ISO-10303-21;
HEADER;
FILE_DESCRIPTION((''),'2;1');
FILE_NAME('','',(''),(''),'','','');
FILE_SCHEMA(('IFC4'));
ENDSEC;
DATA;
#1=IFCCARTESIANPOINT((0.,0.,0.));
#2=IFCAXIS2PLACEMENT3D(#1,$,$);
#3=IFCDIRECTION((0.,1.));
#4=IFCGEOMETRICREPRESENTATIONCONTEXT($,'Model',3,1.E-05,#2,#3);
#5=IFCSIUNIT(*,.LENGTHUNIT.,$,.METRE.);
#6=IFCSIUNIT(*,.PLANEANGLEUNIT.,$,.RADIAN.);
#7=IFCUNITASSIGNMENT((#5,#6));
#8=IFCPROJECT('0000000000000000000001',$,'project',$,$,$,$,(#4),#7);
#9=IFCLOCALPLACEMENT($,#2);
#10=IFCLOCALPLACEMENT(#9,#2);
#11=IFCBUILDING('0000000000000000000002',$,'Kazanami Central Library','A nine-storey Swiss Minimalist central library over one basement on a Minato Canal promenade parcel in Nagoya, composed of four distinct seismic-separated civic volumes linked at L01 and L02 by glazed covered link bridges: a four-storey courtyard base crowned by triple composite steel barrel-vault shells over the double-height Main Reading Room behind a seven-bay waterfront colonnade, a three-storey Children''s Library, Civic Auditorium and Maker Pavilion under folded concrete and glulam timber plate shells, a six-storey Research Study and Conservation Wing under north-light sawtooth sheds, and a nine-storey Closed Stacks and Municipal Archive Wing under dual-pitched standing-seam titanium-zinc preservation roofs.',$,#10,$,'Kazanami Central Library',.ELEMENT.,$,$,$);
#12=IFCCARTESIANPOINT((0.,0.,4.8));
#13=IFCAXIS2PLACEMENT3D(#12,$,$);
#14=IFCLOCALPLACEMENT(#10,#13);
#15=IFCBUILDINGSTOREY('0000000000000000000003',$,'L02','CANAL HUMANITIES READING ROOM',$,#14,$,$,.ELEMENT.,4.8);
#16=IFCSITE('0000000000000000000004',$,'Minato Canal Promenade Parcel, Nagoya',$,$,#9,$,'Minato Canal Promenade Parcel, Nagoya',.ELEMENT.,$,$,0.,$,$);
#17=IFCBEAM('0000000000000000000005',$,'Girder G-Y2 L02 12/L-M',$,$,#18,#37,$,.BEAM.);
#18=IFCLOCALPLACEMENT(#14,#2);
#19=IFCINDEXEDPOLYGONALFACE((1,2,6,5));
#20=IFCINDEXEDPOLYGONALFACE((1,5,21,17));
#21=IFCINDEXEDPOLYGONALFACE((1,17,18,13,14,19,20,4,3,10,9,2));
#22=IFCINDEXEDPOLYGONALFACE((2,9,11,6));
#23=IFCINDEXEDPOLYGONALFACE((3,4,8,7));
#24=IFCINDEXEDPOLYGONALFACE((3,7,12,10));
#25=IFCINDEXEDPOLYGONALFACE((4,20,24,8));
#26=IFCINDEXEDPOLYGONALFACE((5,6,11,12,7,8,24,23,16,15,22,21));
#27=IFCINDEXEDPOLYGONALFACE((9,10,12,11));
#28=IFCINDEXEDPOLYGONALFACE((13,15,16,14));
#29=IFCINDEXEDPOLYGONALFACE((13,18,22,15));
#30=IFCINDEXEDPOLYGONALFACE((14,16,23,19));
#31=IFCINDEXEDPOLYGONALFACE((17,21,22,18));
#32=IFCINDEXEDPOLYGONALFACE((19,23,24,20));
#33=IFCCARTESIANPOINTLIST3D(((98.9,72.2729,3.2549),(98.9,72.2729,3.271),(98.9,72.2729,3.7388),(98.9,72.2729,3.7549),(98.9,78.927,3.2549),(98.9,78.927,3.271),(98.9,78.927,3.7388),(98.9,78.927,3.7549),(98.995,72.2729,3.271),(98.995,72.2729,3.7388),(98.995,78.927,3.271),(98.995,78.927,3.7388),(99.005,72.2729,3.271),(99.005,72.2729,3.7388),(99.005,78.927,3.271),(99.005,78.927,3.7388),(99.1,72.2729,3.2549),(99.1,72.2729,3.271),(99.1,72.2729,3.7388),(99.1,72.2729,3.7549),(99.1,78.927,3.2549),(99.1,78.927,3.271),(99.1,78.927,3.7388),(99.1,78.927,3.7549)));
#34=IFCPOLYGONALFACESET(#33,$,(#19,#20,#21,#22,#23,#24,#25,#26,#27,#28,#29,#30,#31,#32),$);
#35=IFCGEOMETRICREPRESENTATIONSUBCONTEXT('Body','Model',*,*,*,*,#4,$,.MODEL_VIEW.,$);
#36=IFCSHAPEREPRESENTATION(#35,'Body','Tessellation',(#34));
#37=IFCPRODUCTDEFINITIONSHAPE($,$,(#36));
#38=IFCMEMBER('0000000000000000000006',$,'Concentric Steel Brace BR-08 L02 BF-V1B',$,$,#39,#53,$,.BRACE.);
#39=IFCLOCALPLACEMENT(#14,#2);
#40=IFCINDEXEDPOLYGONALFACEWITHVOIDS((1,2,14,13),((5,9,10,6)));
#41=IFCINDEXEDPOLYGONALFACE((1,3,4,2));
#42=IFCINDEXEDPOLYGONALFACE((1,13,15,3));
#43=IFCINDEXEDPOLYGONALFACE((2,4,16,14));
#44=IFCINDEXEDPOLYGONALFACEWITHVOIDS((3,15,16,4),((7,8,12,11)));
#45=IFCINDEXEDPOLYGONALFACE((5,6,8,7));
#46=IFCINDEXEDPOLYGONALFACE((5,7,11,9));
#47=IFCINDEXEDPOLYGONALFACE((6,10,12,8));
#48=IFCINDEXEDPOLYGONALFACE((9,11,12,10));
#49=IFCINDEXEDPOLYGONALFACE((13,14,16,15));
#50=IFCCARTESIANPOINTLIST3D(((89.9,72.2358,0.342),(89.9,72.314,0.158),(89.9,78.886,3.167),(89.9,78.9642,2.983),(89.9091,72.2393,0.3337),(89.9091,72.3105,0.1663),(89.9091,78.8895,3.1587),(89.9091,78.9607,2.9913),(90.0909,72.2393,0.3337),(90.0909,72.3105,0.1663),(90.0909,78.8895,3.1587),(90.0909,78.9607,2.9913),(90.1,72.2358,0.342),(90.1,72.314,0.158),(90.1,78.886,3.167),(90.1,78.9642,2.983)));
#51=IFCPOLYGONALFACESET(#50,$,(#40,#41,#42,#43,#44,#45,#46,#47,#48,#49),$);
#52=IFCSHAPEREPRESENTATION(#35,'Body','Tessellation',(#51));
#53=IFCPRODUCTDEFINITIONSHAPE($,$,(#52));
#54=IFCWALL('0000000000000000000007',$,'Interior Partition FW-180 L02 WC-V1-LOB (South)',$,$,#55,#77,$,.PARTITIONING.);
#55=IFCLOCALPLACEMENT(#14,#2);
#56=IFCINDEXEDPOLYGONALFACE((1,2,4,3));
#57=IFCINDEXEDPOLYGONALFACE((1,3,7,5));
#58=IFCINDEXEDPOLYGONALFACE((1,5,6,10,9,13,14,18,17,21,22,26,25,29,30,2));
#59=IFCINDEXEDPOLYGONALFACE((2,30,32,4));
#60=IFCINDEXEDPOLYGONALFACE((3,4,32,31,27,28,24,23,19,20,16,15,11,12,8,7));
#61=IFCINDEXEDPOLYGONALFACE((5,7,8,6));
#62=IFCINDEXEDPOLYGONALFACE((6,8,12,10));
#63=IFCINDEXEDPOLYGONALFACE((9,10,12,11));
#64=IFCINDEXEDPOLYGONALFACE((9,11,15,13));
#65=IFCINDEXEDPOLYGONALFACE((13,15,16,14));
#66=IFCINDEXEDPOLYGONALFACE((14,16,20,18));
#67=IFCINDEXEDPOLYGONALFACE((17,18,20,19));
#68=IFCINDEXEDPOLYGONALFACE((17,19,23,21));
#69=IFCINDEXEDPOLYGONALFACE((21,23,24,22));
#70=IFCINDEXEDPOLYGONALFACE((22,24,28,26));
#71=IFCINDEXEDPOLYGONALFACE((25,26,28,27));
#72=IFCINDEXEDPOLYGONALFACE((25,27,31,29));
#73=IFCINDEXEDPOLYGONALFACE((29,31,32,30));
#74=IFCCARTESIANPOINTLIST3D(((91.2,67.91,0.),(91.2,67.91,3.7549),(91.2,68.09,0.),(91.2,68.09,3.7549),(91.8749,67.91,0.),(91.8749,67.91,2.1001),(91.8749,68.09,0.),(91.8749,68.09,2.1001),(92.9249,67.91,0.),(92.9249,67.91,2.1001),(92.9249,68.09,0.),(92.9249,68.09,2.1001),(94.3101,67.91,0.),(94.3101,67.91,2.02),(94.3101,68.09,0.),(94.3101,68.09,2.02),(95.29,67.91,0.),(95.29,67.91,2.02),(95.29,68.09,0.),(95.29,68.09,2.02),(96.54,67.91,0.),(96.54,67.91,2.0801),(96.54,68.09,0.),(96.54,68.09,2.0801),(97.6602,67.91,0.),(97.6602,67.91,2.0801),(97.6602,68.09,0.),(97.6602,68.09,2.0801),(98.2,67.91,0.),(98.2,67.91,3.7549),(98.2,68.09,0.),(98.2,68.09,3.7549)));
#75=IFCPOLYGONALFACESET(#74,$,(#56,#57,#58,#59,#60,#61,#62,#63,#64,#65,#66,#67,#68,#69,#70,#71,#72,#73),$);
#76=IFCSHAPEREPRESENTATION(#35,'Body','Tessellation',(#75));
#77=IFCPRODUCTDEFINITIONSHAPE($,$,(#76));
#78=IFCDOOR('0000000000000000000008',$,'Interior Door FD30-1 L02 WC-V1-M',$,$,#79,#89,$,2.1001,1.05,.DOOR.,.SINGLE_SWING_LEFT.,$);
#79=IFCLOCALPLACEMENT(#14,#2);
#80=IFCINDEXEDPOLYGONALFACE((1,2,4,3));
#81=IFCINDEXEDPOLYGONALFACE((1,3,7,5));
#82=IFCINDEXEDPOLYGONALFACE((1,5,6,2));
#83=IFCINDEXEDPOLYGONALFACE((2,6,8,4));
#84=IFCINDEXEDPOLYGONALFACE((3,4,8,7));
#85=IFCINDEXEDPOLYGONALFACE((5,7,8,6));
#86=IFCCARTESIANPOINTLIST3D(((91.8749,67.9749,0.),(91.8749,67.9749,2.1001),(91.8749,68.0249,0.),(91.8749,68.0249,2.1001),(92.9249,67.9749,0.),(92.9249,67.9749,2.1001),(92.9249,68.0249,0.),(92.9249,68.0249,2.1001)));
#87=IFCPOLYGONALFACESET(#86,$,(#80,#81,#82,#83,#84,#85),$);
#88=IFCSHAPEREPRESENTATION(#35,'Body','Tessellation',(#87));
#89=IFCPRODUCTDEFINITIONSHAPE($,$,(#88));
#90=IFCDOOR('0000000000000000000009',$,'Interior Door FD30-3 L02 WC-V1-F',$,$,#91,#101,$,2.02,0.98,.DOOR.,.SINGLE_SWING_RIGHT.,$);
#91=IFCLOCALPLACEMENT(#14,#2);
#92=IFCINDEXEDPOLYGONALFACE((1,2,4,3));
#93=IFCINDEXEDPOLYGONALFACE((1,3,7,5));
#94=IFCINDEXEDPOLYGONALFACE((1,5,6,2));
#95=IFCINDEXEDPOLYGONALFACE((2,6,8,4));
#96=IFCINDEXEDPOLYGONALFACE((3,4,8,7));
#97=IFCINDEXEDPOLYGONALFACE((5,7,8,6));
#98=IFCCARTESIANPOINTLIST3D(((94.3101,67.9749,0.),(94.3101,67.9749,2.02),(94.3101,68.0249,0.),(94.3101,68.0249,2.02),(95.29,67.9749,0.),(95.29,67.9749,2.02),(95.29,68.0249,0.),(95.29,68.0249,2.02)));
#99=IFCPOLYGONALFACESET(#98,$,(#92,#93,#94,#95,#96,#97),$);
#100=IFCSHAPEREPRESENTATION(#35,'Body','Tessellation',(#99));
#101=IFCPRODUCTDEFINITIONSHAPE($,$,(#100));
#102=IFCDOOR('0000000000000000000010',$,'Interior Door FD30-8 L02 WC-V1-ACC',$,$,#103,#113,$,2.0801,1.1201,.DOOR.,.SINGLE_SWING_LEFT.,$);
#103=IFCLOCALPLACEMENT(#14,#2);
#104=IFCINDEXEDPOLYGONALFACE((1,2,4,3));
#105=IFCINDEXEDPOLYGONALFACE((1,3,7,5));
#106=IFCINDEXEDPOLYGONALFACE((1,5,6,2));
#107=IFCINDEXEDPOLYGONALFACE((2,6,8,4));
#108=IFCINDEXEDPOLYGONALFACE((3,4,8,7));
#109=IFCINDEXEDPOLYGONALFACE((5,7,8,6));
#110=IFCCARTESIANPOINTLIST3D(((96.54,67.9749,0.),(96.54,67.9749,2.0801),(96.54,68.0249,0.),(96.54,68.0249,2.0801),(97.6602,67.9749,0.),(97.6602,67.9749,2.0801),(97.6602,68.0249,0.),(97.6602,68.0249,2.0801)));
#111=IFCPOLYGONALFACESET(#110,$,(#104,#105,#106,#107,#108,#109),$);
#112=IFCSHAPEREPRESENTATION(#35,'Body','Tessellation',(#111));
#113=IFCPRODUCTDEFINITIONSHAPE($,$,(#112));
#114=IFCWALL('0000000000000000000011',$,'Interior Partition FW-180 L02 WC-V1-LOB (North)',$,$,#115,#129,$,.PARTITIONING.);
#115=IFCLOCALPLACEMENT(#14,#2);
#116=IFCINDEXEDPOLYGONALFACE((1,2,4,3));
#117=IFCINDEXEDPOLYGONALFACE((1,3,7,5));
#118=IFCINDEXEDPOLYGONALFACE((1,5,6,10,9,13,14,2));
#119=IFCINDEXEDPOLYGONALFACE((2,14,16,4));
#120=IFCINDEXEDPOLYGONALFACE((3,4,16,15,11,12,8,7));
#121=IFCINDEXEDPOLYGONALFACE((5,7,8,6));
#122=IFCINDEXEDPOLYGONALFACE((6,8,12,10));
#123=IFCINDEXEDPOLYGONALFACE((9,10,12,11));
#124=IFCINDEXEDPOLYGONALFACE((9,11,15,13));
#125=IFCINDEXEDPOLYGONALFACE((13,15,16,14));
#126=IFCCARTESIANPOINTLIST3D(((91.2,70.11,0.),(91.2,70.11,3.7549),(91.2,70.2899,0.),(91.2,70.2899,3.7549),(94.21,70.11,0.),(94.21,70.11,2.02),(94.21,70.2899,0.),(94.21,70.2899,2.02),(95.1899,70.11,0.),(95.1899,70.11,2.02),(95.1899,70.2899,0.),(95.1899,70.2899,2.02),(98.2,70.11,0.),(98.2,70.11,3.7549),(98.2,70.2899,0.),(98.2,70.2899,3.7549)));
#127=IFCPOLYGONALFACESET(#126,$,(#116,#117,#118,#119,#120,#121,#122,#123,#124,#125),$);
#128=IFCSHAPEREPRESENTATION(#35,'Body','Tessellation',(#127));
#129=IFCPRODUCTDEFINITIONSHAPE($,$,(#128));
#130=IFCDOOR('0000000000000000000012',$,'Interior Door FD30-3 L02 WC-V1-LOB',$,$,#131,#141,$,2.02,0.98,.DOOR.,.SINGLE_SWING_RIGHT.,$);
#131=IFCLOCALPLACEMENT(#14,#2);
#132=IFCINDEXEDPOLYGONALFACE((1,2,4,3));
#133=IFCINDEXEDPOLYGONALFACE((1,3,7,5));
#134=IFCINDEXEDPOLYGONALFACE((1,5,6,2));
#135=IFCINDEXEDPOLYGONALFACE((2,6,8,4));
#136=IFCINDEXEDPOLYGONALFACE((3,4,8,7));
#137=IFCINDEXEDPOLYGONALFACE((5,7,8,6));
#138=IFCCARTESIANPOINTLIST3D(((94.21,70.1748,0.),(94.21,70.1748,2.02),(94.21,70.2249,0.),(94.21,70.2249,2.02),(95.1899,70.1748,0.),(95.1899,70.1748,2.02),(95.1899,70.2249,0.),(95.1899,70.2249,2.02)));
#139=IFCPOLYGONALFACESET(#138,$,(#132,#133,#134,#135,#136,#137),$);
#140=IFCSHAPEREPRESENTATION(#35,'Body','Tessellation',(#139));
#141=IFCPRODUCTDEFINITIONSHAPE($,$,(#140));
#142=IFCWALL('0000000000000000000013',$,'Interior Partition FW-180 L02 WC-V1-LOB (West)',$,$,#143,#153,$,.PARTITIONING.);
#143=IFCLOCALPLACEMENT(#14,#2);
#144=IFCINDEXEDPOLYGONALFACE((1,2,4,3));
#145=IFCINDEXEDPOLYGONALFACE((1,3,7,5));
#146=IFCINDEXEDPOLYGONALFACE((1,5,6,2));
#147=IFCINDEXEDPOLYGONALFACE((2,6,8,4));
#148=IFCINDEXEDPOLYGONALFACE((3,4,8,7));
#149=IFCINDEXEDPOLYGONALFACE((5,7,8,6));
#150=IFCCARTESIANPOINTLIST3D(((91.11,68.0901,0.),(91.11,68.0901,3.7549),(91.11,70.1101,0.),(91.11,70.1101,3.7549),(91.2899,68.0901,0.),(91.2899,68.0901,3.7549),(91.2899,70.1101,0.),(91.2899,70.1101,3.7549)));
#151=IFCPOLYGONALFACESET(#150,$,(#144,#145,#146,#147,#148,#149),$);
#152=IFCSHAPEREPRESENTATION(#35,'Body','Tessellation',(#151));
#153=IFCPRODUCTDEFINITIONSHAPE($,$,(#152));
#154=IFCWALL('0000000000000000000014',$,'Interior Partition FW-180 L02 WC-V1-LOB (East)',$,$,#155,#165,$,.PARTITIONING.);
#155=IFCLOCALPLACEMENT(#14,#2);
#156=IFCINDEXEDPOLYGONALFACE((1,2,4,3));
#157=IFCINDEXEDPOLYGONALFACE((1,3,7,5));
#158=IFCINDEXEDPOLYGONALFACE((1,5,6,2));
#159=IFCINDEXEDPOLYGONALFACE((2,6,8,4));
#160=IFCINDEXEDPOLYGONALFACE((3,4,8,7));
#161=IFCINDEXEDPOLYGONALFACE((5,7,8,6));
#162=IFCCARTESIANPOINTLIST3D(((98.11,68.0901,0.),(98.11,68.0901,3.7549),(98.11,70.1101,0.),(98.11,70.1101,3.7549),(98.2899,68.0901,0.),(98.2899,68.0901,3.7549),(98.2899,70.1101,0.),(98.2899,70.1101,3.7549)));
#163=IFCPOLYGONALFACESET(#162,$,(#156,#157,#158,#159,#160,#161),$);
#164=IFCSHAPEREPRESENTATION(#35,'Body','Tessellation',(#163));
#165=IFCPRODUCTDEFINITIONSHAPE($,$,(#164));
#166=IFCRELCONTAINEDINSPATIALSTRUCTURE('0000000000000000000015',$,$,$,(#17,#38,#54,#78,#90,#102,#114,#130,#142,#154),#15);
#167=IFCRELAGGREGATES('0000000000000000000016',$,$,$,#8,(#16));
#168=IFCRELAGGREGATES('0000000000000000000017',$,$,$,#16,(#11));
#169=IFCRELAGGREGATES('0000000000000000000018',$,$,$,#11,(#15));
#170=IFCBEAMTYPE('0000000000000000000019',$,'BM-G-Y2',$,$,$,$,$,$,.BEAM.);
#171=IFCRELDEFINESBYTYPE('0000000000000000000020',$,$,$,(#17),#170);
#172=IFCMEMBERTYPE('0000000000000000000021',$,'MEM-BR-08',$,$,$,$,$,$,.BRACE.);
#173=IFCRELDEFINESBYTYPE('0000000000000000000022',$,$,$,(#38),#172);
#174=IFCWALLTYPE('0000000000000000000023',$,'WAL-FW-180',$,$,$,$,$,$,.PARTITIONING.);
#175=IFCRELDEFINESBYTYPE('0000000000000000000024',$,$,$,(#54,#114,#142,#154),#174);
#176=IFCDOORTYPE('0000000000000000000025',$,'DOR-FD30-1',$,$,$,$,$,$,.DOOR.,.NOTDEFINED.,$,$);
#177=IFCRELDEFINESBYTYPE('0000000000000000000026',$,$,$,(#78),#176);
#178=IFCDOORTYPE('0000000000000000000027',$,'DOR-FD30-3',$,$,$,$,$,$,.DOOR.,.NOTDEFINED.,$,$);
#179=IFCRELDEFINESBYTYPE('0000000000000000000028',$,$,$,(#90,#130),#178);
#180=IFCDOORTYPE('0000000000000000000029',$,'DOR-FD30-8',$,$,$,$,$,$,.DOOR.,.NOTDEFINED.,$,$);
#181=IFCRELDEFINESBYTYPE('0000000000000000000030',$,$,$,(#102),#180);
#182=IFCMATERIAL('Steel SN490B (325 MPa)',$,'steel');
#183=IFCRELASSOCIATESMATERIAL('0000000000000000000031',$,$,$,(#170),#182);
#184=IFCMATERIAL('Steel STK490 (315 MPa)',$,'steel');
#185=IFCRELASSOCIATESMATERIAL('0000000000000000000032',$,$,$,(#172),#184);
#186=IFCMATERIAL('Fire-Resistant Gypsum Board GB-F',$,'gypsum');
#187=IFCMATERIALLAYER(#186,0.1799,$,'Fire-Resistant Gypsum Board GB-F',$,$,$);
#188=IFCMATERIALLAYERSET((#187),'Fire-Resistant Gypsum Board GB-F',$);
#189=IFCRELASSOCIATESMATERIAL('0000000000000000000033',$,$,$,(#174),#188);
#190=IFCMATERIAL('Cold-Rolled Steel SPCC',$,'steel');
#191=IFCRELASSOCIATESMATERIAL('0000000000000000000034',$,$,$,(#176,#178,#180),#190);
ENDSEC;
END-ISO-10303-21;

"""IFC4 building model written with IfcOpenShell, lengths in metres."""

from ifc_helpers import new_model, si_unit, direction, frame, frame_2d, origin, origin_2d, place, context, subcontext, project, spatial, rectangle, hollow_rectangle, i_section, extrude, material, layer, layer_set, material_profile, profile_set, type_object, element, fill, save


model = new_model("IFC4")

# Units and contexts
model_context = context("Model", 3, precision=1e-05, world=origin(), true_north=direction((0.0, 1.0)))
body_context = subcontext(model_context, "Body", "Model", "MODEL_VIEW")
ifc_project = project(units=[si_unit("LENGTHUNIT", "METRE"), si_unit("PLANEANGLEUNIT", "RADIAN")], contexts=[model_context])

# Site, building, storey
site_placement = place(None, origin())
site = spatial("IfcSite", under=ifc_project, at=site_placement, Name="Minato Canal Promenade Parcel, Nagoya", LongName="Minato Canal Promenade Parcel, Nagoya", CompositionType="ELEMENT", RefElevation=0.0)
building_placement = place(site_placement, origin())
building = spatial("IfcBuilding", under=site, at=building_placement, Name="Kazanami Central Library", Description="A nine-storey Swiss Minimalist central library over one basement on a Minato Canal promenade parcel in Nagoya, composed of four distinct seismic-separated civic volumes linked at L01 and L02 by glazed covered link bridges: a four-storey courtyard base crowned by triple composite steel barrel-vault shells over the double-height Main Reading Room behind a seven-bay waterfront colonnade, a three-storey Children's Library, Civic Auditorium and Maker Pavilion under folded concrete and glulam timber plate shells, a six-storey Research Study and Conservation Wing under north-light sawtooth sheds, and a nine-storey Closed Stacks and Municipal Archive Wing under dual-pitched standing-seam titanium-zinc preservation roofs.", LongName="Kazanami Central Library", CompositionType="ELEMENT")
storey_placement = place(building_placement, frame((0.0, 0.0, 4.8)))
storey = spatial("IfcBuildingStorey", under=building, at=storey_placement, Name="L02", Description="CANAL HUMANITIES READING ROOM", CompositionType="ELEMENT", Elevation=4.8)

# Beam
ifc_material_1 = material(Name="Steel SN490B (325 MPa)", Category="steel")
ifc_material_profile_1 = material_profile(ifc_material_1, i_section(OverallWidth=0.2, OverallDepth=0.5, WebThickness=0.01, FlangeThickness=0.0161, at=origin_2d()), Name="H-500x200x10x16")
ifc_profile_set_1 = profile_set([ifc_material_profile_1], Name="Steel SN490B (325 MPa)")
beam_type_1 = type_object("IfcBeamType", Name="BM-G-Y2", PredefinedType="BEAM", material=ifc_profile_set_1)
for number, where, z_axis, x_axis, name in (
    (1, (99.0, 72.2729, 3.5049), (0.0, 1.0, 0.0), (-1.0, 0.0, 0.0), "Girder G-Y2 L02 12/L-M"),
):
    element("IfcBeam", number, at=place(storey_placement, frame(where, z_axis=z_axis, x_axis=x_axis)), inside=storey, type_object=beam_type_1, Name=name, PredefinedType="BEAM", context=body_context, shape_type="SweptSolid", body=[
        extrude(i_section(OverallWidth=0.2, OverallDepth=0.5, WebThickness=0.01, FlangeThickness=0.0161, at=origin_2d()), origin(), (0.0, 0.0, 1.0), 6.6541),
    ])

# Member
ifc_material_2 = material(Name="Steel STK490 (315 MPa)", Category="steel")
ifc_material_profile_2 = material_profile(ifc_material_2, hollow_rectangle(XDim=0.2, YDim=0.2, WallThickness=0.009, at=origin_2d()), Name="STKR-200x200x9")
ifc_profile_set_2 = profile_set([ifc_material_profile_2], Name="Steel STK490 (315 MPa)")
member_type = type_object("IfcMemberType", Name="MEM-BR-08", PredefinedType="BRACE", material=ifc_profile_set_2)
member_placement = place(storey_placement, frame((90.0, 72.2749, 0.25), z_axis=(0.0, 0.920399, 0.390981), x_axis=(-1.0, 0.0, 0.0)))
element("IfcMember", 2, at=member_placement, inside=storey, type_object=member_type, Name="Concentric Steel Brace BR-08 L02 BF-V1B", PredefinedType="BRACE", context=body_context, shape_type="SweptSolid", body=[
    extrude(hollow_rectangle(XDim=0.2, YDim=0.2, WallThickness=0.009, at=origin_2d()), origin(), (0.0, 0.0, 1.0), 7.2253),
])

# Wall, openings, doors
ifc_material_3 = material(Name="Fire-Resistant Gypsum Board GB-F", Category="gypsum")
ifc_layer_1 = layer(ifc_material_3, 0.1799, Name="Fire-Resistant Gypsum Board GB-F")
ifc_layer_set_1 = layer_set([ifc_layer_1], Name="Fire-Resistant Gypsum Board GB-F")
wall_type_1 = type_object("IfcWallType", Name="WAL-FW-180", PredefinedType="PARTITIONING", material=ifc_layer_set_1)
wall_1_placement = place(storey_placement, frame((91.2, 68.0, 0.0), z_axis=(0.0, 0.0, 1.0), x_axis=(1.0, 0.0, 0.0)))
wall_1 = element("IfcWall", 3, at=wall_1_placement, inside=storey, type_object=wall_type_1, Name="Interior Partition FW-180 L02 WC-V1-LOB (South)", PredefinedType="PARTITIONING", context=body_context, shape_type="SweptSolid", body=[
    extrude(rectangle(XDim=7.0, YDim=0.1799, at=frame_2d((3.5, 0.0))), origin(), (0.0, 0.0, 1.0), 3.7549),
])
opening_1_placement = place(wall_1_placement, frame((0.675, 0.0, 0.0)))
opening_1 = element("IfcOpeningElement", 4, at=opening_1_placement, cuts=wall_1, PredefinedType="OPENING", context=body_context, shape_type="SweptSolid", body=[
    extrude(rectangle(XDim=1.05, YDim=2.1001, at=frame_2d((0.5249, 1.05))), frame((0.0, 0.1021, 0.0), z_axis=(0.0, -1.0, 0.0), x_axis=(1.0, 0.0, 0.0)), (0.0, 0.0, 1.0), 0.2039),
])
opening_2_placement = place(wall_1_placement, frame((3.1101, 0.0, 0.0)))
opening_2 = element("IfcOpeningElement", 5, at=opening_2_placement, cuts=wall_1, PredefinedType="OPENING", context=body_context, shape_type="SweptSolid", body=[
    extrude(rectangle(XDim=0.98, YDim=2.02, at=frame_2d((0.49, 1.01))), frame((0.0, 0.1021, 0.0), z_axis=(0.0, -1.0, 0.0), x_axis=(1.0, 0.0, 0.0)), (0.0, 0.0, 1.0), 0.2039),
])
opening_3_placement = place(wall_1_placement, frame((5.3401, 0.0, 0.0)))
opening_3 = element("IfcOpeningElement", 6, at=opening_3_placement, cuts=wall_1, PredefinedType="OPENING", context=body_context, shape_type="SweptSolid", body=[
    extrude(rectangle(XDim=1.1201, YDim=2.0801, at=frame_2d((0.5601, 1.04))), frame((0.0, 0.1021, 0.0), z_axis=(0.0, -1.0, 0.0), x_axis=(1.0, 0.0, 0.0)), (0.0, 0.0, 1.0), 0.2039),
])
ifc_material_4 = material(Name="Cold-Rolled Steel SPCC", Category="steel")
door_type_1 = type_object("IfcDoorType", Name="DOR-FD30-1", OperationType="NOTDEFINED", PredefinedType="DOOR", material=ifc_material_4)
door_1_placement = place(opening_1_placement, origin())
door_1 = element("IfcDoor", 7, at=door_1_placement, inside=storey, type_object=door_type_1, Name="Interior Door FD30-1 L02 WC-V1-M", OperationType="SINGLE_SWING_LEFT", OverallHeight=2.1001, OverallWidth=1.05, PredefinedType="DOOR", context=body_context, shape_type="SweptSolid", body=[
    extrude(rectangle(XDim=1.05, YDim=2.1001, at=frame_2d((0.5249, 1.05))), frame((0.0, 0.0249, 0.0), z_axis=(0.0, -1.0, 0.0), x_axis=(1.0, 0.0, 0.0)), (0.0, 0.0, 1.0), 0.05),
])
fill(opening_1, door_1)
door_type_2 = type_object("IfcDoorType", Name="DOR-FD30-3", OperationType="NOTDEFINED", PredefinedType="DOOR", material=ifc_material_4)
door_2_placement = place(opening_2_placement, origin())
door_2 = element("IfcDoor", 8, at=door_2_placement, inside=storey, type_object=door_type_2, Name="Interior Door FD30-3 L02 WC-V1-F", OperationType="SINGLE_SWING_RIGHT", OverallHeight=2.02, OverallWidth=0.98, PredefinedType="DOOR", context=body_context, shape_type="SweptSolid", body=[
    extrude(rectangle(XDim=0.98, YDim=2.02, at=frame_2d((0.49, 1.01))), frame((0.0, 0.0249, 0.0), z_axis=(0.0, -1.0, 0.0), x_axis=(1.0, 0.0, 0.0)), (0.0, 0.0, 1.0), 0.05),
])
fill(opening_2, door_2)
door_type_3 = type_object("IfcDoorType", Name="DOR-FD30-8", OperationType="NOTDEFINED", PredefinedType="DOOR", material=ifc_material_4)
door_3_placement = place(opening_3_placement, origin())
door_3 = element("IfcDoor", 9, at=door_3_placement, inside=storey, type_object=door_type_3, Name="Interior Door FD30-8 L02 WC-V1-ACC", OperationType="SINGLE_SWING_LEFT", OverallHeight=2.0801, OverallWidth=1.1201, PredefinedType="DOOR", context=body_context, shape_type="SweptSolid", body=[
    extrude(rectangle(XDim=1.1201, YDim=2.0801, at=frame_2d((0.5601, 1.04))), frame((0.0, 0.0249, 0.0), z_axis=(0.0, -1.0, 0.0), x_axis=(1.0, 0.0, 0.0)), (0.0, 0.0, 1.0), 0.05),
])
fill(opening_3, door_3)

# Wall, opening, door
wall_2_placement = place(storey_placement, frame((91.2, 70.2, 0.0), z_axis=(0.0, 0.0, 1.0), x_axis=(1.0, 0.0, 0.0)))
wall_2 = element("IfcWall", 10, at=wall_2_placement, inside=storey, type_object=wall_type_1, Name="Interior Partition FW-180 L02 WC-V1-LOB (North)", PredefinedType="PARTITIONING", context=body_context, shape_type="SweptSolid", body=[
    extrude(rectangle(XDim=7.0, YDim=0.1799, at=frame_2d((3.5, 0.0))), origin(), (0.0, 0.0, 1.0), 3.7549),
])
opening_4_placement = place(wall_2_placement, frame((3.01, 0.0, 0.0)))
opening_4 = element("IfcOpeningElement", 11, at=opening_4_placement, cuts=wall_2, PredefinedType="OPENING", context=body_context, shape_type="SweptSolid", body=[
    extrude(rectangle(XDim=0.98, YDim=2.02, at=frame_2d((0.49, 1.01))), frame((0.0, 0.1021, 0.0), z_axis=(0.0, -1.0, 0.0), x_axis=(1.0, 0.0, 0.0)), (0.0, 0.0, 1.0), 0.2039),
])
door_4_placement = place(opening_4_placement, origin())
door_4 = element("IfcDoor", 12, at=door_4_placement, inside=storey, type_object=door_type_2, Name="Interior Door FD30-3 L02 WC-V1-LOB", OperationType="SINGLE_SWING_RIGHT", OverallHeight=2.02, OverallWidth=0.98, PredefinedType="DOOR", context=body_context, shape_type="SweptSolid", body=[
    extrude(rectangle(XDim=0.98, YDim=2.02, at=frame_2d((0.49, 1.01))), frame((0.0, 0.0249, 0.0), z_axis=(0.0, -1.0, 0.0), x_axis=(1.0, 0.0, 0.0)), (0.0, 0.0, 1.0), 0.05),
])
fill(opening_4, door_4)

# Walls
for number, where, z_axis, x_axis, name in (
    (13, (91.2, 68.0901, 0.0), (0.0, 0.0, 1.0), (0.0, 1.0, 0.0), "Interior Partition FW-180 L02 WC-V1-LOB (West)"),
    (14, (98.2, 68.0901, 0.0), (0.0, 0.0, 1.0), (0.0, 1.0, 0.0), "Interior Partition FW-180 L02 WC-V1-LOB (East)"),
):
    element("IfcWall", number, at=place(storey_placement, frame(where, z_axis=z_axis, x_axis=x_axis)), inside=storey, type_object=wall_type_1, Name=name, PredefinedType="PARTITIONING", context=body_context, shape_type="SweptSolid", body=[
        extrude(rectangle(XDim=2.02, YDim=0.1799, at=frame_2d((1.01, 0.0))), origin(), (0.0, 0.0, 1.0), 3.7549),
    ])

save(model, "model.ifc")
